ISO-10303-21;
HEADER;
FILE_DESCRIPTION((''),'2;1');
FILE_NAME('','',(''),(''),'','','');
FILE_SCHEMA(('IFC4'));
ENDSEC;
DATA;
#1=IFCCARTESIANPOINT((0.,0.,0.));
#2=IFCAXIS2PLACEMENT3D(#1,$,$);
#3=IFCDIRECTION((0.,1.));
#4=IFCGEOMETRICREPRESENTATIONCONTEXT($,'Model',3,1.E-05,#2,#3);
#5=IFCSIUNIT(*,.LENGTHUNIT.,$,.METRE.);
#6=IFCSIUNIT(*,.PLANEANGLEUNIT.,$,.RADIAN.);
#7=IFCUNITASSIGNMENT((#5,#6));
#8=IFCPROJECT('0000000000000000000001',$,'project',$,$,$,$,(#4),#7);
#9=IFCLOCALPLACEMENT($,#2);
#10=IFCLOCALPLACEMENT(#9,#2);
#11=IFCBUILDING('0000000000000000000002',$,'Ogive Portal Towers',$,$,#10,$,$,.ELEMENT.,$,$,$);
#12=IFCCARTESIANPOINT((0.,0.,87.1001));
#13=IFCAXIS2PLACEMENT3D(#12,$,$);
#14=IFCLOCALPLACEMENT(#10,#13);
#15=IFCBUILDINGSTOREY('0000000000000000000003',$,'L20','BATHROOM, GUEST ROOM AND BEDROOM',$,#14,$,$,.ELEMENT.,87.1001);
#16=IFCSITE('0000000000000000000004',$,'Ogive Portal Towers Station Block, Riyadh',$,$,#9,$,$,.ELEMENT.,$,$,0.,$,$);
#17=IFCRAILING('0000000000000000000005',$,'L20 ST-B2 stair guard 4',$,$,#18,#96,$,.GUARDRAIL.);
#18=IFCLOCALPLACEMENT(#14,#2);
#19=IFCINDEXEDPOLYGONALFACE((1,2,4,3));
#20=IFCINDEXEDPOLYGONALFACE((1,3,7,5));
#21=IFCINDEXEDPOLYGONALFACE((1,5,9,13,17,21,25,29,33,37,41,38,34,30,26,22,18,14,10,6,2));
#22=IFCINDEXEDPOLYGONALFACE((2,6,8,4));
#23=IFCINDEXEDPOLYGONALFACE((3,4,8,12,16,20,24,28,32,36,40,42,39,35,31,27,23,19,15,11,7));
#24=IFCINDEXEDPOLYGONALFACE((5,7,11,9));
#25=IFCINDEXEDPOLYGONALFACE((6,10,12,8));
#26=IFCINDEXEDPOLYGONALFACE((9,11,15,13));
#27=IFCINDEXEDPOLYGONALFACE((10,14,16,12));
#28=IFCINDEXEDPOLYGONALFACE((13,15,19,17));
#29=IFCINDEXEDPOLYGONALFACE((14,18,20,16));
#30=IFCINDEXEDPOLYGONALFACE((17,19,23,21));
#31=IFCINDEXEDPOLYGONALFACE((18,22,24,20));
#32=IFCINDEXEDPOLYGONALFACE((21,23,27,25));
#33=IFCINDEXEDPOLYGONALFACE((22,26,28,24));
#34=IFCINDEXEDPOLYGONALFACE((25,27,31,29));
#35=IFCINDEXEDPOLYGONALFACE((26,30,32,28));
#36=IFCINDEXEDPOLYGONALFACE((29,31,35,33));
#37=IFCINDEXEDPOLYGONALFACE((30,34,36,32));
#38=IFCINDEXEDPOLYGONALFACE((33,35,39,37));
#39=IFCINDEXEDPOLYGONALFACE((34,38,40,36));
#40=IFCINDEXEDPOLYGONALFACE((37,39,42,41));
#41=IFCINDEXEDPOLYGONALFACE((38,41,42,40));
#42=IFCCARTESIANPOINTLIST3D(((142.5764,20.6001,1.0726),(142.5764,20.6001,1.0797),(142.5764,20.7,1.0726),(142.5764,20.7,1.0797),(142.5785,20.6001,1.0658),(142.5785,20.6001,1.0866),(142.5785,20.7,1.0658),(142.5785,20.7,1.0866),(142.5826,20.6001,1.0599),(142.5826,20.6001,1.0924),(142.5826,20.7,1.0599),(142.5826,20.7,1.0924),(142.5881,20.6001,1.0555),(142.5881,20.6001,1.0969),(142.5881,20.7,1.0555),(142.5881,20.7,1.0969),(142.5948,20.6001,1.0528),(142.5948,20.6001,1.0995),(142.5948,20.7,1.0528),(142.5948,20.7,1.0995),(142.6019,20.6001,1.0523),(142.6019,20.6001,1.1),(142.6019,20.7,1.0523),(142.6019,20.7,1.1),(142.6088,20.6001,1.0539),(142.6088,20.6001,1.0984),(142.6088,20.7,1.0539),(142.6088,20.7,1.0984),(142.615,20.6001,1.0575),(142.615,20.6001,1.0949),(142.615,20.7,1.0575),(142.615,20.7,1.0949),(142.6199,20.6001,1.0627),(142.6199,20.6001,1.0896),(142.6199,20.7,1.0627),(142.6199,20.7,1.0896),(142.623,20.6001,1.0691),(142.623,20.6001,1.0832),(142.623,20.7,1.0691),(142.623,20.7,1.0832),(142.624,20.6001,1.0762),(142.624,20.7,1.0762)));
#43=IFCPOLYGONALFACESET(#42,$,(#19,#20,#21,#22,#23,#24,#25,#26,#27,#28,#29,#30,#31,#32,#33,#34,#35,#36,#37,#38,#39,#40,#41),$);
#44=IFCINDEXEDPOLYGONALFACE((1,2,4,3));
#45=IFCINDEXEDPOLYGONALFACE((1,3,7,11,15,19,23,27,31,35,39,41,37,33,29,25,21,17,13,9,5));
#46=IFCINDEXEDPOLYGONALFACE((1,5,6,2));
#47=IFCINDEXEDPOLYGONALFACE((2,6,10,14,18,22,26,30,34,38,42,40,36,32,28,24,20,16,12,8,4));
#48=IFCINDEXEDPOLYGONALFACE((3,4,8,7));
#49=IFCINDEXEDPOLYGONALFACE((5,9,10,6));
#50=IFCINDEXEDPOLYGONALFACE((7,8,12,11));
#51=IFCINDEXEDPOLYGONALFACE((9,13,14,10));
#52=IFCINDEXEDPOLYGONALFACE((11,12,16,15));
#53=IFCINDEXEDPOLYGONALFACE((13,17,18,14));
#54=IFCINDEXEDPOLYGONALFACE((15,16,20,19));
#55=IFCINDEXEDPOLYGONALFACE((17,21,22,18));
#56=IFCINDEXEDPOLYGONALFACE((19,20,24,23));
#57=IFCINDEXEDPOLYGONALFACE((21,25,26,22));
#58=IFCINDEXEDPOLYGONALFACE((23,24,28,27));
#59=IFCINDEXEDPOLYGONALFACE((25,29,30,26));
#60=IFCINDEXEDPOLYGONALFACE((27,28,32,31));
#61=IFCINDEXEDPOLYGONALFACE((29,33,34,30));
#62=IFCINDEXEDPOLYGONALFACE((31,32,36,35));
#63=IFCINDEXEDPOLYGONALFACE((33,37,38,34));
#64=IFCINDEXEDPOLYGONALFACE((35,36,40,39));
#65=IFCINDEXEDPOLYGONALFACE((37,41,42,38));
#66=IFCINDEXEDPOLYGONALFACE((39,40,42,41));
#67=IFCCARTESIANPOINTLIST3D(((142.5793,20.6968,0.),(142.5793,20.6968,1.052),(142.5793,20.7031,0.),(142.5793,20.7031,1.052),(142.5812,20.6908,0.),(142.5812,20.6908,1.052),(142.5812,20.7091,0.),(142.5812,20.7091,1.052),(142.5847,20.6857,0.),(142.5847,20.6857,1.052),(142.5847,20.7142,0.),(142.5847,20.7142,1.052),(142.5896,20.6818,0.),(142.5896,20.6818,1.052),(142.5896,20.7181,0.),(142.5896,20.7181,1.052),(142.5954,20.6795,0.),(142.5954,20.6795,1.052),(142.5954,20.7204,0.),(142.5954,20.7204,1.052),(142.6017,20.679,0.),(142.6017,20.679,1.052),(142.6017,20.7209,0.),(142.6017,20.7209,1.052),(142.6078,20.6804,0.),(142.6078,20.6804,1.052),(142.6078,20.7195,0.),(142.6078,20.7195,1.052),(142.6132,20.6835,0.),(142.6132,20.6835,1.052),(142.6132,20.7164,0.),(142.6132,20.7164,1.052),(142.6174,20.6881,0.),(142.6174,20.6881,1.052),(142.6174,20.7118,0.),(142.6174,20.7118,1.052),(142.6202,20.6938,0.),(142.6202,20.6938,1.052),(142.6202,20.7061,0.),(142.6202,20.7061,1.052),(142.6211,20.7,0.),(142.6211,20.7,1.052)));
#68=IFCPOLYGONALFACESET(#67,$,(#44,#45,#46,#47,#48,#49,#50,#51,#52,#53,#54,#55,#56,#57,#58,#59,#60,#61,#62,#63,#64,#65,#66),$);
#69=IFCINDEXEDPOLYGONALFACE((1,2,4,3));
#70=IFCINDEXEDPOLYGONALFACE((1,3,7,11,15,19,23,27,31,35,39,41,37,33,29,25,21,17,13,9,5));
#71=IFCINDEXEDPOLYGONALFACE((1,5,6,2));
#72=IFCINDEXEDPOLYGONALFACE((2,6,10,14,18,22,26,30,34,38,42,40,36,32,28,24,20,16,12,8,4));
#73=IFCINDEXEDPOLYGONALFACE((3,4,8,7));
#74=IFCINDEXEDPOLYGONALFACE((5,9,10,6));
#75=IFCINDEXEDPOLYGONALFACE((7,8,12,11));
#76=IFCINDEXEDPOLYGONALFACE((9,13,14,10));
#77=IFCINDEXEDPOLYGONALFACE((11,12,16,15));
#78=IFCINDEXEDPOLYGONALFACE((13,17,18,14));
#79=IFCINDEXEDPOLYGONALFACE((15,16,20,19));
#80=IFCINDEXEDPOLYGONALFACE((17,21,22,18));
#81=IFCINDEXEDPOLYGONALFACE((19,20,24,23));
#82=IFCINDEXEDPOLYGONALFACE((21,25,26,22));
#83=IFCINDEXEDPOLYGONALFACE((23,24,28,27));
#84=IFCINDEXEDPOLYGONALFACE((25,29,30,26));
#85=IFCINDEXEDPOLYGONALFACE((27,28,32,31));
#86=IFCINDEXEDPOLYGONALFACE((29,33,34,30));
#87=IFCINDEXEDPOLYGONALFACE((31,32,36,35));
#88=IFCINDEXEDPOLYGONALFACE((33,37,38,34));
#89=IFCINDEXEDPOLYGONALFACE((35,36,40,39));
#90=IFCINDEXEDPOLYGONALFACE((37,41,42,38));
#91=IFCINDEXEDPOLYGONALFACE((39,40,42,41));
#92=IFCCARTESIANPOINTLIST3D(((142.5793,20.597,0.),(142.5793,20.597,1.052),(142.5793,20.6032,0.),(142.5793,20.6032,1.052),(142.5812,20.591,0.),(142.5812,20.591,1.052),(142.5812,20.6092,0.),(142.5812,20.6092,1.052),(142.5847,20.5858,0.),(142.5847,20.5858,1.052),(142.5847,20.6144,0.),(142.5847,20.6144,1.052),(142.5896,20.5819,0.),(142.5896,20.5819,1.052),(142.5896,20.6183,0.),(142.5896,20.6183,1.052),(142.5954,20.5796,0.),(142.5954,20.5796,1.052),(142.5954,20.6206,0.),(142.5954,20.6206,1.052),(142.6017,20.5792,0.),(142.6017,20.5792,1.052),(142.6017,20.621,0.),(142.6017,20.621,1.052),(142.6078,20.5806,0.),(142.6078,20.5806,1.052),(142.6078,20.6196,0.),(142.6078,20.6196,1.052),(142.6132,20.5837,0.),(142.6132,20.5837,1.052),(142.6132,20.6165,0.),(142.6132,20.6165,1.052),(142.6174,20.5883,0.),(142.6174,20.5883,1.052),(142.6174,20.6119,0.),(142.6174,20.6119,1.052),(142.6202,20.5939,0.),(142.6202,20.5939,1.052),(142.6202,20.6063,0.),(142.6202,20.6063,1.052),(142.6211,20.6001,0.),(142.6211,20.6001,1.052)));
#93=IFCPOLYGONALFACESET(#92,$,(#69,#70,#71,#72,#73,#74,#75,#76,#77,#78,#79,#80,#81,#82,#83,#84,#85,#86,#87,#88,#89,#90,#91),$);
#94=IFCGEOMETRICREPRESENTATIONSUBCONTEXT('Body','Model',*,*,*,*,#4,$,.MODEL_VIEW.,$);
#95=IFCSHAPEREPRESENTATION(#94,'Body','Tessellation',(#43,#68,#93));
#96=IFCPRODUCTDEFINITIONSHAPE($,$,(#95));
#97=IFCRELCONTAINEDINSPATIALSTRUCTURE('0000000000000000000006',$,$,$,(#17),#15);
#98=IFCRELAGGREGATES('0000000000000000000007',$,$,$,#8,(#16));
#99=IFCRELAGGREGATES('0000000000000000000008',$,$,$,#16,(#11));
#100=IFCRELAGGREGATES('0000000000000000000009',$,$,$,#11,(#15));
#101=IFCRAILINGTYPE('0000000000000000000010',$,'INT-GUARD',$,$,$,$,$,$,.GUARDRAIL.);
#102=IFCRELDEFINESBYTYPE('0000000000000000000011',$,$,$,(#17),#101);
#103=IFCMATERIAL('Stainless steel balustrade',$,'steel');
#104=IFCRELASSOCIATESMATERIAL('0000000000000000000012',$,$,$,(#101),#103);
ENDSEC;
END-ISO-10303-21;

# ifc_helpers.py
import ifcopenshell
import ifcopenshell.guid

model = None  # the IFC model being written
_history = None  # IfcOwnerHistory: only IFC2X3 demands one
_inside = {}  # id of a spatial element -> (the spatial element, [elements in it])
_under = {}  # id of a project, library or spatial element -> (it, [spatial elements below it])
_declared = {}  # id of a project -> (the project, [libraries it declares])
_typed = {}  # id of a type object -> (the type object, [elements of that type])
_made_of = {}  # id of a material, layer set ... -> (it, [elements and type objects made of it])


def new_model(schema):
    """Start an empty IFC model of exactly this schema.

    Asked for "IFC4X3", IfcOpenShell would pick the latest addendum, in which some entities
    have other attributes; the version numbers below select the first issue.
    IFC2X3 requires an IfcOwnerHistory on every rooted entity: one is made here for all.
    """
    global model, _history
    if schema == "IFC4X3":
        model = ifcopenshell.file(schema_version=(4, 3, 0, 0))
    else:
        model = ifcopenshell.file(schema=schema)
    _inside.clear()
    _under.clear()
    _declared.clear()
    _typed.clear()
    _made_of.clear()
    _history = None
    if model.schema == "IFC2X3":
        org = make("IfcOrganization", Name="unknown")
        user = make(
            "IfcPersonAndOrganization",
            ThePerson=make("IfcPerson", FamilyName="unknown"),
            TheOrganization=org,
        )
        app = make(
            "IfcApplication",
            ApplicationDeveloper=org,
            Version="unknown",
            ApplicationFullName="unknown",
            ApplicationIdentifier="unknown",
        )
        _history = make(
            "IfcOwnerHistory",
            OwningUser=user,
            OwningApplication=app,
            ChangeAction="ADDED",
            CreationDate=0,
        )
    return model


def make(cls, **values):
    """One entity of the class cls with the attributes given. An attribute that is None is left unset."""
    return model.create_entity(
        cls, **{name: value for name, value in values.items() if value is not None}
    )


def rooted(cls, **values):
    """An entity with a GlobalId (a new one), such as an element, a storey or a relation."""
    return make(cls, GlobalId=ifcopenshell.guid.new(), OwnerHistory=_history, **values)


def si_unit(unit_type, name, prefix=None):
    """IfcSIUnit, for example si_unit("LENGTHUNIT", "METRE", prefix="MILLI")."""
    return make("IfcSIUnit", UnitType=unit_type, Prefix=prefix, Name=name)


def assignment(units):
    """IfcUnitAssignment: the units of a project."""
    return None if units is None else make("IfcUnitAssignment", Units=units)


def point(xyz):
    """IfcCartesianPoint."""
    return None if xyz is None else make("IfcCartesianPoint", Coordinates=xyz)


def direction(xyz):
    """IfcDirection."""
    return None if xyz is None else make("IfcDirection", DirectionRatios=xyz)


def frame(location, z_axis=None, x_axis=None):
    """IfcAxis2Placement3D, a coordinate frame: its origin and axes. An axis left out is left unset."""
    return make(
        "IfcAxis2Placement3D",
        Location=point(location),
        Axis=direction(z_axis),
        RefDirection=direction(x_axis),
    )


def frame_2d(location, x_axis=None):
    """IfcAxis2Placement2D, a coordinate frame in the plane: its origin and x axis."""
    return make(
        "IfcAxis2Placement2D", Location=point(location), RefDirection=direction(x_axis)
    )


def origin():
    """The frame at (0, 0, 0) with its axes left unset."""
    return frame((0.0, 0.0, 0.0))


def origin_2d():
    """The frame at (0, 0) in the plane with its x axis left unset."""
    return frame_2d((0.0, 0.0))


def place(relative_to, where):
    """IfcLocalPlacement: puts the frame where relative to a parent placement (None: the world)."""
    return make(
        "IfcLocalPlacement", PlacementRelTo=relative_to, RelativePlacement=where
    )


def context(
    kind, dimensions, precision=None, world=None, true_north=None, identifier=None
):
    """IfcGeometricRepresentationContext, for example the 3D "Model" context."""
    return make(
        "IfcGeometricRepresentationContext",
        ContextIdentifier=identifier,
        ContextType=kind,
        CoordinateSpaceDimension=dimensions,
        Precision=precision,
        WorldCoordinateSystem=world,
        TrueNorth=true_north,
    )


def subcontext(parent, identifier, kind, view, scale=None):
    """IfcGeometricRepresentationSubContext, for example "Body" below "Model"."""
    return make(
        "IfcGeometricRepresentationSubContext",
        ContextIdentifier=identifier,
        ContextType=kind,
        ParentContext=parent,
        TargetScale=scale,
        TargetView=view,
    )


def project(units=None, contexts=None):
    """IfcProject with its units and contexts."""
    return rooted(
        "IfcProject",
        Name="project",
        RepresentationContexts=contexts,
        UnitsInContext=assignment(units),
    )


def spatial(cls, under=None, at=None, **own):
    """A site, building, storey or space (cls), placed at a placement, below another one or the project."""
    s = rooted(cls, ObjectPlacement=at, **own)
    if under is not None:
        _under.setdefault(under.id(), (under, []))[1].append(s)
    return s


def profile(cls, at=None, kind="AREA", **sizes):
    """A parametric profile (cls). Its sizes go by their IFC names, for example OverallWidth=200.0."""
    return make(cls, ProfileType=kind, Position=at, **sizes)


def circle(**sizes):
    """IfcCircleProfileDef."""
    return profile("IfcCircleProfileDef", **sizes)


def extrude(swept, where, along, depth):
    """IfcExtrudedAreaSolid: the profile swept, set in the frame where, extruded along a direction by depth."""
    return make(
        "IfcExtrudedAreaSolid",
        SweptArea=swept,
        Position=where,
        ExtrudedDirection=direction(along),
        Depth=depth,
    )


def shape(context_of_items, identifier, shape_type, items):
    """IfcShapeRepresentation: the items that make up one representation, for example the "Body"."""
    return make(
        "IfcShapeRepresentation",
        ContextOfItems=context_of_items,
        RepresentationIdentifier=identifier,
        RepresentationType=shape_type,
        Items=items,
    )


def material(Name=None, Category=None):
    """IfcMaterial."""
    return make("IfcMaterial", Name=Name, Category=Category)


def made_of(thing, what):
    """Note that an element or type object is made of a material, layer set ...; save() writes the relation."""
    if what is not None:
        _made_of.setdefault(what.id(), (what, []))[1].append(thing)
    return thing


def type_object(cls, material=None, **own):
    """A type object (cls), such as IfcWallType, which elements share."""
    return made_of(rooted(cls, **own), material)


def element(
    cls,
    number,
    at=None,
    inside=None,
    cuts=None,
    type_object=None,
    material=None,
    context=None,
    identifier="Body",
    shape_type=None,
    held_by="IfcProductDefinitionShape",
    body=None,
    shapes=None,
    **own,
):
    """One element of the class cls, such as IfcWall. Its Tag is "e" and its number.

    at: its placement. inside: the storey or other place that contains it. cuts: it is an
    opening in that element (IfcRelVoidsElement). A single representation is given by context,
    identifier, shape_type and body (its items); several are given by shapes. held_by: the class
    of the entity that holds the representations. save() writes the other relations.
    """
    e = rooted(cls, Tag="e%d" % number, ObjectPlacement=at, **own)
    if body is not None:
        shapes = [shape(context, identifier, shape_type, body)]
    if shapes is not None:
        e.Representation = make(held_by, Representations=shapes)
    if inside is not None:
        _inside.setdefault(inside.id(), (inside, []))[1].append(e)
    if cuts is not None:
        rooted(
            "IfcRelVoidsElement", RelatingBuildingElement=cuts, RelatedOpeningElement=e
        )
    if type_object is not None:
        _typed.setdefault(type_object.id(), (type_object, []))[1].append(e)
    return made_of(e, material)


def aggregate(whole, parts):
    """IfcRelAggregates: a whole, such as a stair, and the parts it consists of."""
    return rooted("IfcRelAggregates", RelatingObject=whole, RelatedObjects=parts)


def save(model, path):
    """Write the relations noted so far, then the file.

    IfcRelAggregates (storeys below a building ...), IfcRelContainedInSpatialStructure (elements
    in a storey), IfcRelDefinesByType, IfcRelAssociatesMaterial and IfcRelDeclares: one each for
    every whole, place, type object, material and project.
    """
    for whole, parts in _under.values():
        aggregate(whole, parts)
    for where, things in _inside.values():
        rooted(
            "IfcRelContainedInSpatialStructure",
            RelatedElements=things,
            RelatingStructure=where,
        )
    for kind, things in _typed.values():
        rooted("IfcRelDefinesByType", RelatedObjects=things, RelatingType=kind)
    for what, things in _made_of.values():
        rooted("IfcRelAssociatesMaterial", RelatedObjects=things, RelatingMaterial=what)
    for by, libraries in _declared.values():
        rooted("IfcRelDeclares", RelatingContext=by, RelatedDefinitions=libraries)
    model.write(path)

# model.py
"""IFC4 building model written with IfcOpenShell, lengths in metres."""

from ifc_helpers import new_model, si_unit, direction, frame, origin, origin_2d, place, context, subcontext, project, spatial, circle, extrude, material, type_object, element, save


model = new_model("IFC4")

# Units and contexts
model_context = context("Model", 3, precision=1e-05, world=origin(), true_north=direction((0.0, 1.0)))
body_context = subcontext(model_context, "Body", "Model", "MODEL_VIEW")
ifc_project = project(units=[si_unit("LENGTHUNIT", "METRE"), si_unit("PLANEANGLEUNIT", "RADIAN")], contexts=[model_context])

# Site, building, storey
site_placement = place(None, origin())
site = spatial("IfcSite", under=ifc_project, at=site_placement, Name="Ogive Portal Towers Station Block, Riyadh", CompositionType="ELEMENT", RefElevation=0.0)
building_placement = place(site_placement, origin())
building = spatial("IfcBuilding", under=site, at=building_placement, Name="Ogive Portal Towers", CompositionType="ELEMENT")
storey_placement = place(building_placement, frame((0.0, 0.0, 87.1001)))
storey = spatial("IfcBuildingStorey", under=building, at=storey_placement, Name="L20", Description="BATHROOM, GUEST ROOM AND BEDROOM", CompositionType="ELEMENT", Elevation=87.1001)

# Railing
ifc_material_1 = material(Name="Stainless steel balustrade", Category="steel")
railing_type_1 = type_object("IfcRailingType", Name="INT-GUARD", PredefinedType="GUARDRAIL", material=ifc_material_1)
railing_1_placement = place(storey_placement, frame((142.6001, 20.7, 0.0)))
element("IfcRailing", 1, at=railing_1_placement, inside=storey, type_object=railing_type_1, Name="L20 ST-B2 stair guard 4", PredefinedType="GUARDRAIL", context=body_context, shape_type="SweptSolid", body=[
    extrude(circle(Radius=0.0239, at=origin_2d()), frame((0.0, 0.0, 1.0762), z_axis=(0.0, -1.0, 0.0), x_axis=(1.0, 0.0, 0.0)), (0.0, 0.0, 1.0), 0.0999),
    extrude(circle(Radius=0.021, at=origin_2d()), origin(), (0.0, 0.0, 1.0), 1.052),
    extrude(circle(Radius=0.021, at=origin_2d()), frame((0.0, -0.0999, 0.0)), (0.0, 0.0, 1.0), 1.052),
])

save(model, "model.ifc")
